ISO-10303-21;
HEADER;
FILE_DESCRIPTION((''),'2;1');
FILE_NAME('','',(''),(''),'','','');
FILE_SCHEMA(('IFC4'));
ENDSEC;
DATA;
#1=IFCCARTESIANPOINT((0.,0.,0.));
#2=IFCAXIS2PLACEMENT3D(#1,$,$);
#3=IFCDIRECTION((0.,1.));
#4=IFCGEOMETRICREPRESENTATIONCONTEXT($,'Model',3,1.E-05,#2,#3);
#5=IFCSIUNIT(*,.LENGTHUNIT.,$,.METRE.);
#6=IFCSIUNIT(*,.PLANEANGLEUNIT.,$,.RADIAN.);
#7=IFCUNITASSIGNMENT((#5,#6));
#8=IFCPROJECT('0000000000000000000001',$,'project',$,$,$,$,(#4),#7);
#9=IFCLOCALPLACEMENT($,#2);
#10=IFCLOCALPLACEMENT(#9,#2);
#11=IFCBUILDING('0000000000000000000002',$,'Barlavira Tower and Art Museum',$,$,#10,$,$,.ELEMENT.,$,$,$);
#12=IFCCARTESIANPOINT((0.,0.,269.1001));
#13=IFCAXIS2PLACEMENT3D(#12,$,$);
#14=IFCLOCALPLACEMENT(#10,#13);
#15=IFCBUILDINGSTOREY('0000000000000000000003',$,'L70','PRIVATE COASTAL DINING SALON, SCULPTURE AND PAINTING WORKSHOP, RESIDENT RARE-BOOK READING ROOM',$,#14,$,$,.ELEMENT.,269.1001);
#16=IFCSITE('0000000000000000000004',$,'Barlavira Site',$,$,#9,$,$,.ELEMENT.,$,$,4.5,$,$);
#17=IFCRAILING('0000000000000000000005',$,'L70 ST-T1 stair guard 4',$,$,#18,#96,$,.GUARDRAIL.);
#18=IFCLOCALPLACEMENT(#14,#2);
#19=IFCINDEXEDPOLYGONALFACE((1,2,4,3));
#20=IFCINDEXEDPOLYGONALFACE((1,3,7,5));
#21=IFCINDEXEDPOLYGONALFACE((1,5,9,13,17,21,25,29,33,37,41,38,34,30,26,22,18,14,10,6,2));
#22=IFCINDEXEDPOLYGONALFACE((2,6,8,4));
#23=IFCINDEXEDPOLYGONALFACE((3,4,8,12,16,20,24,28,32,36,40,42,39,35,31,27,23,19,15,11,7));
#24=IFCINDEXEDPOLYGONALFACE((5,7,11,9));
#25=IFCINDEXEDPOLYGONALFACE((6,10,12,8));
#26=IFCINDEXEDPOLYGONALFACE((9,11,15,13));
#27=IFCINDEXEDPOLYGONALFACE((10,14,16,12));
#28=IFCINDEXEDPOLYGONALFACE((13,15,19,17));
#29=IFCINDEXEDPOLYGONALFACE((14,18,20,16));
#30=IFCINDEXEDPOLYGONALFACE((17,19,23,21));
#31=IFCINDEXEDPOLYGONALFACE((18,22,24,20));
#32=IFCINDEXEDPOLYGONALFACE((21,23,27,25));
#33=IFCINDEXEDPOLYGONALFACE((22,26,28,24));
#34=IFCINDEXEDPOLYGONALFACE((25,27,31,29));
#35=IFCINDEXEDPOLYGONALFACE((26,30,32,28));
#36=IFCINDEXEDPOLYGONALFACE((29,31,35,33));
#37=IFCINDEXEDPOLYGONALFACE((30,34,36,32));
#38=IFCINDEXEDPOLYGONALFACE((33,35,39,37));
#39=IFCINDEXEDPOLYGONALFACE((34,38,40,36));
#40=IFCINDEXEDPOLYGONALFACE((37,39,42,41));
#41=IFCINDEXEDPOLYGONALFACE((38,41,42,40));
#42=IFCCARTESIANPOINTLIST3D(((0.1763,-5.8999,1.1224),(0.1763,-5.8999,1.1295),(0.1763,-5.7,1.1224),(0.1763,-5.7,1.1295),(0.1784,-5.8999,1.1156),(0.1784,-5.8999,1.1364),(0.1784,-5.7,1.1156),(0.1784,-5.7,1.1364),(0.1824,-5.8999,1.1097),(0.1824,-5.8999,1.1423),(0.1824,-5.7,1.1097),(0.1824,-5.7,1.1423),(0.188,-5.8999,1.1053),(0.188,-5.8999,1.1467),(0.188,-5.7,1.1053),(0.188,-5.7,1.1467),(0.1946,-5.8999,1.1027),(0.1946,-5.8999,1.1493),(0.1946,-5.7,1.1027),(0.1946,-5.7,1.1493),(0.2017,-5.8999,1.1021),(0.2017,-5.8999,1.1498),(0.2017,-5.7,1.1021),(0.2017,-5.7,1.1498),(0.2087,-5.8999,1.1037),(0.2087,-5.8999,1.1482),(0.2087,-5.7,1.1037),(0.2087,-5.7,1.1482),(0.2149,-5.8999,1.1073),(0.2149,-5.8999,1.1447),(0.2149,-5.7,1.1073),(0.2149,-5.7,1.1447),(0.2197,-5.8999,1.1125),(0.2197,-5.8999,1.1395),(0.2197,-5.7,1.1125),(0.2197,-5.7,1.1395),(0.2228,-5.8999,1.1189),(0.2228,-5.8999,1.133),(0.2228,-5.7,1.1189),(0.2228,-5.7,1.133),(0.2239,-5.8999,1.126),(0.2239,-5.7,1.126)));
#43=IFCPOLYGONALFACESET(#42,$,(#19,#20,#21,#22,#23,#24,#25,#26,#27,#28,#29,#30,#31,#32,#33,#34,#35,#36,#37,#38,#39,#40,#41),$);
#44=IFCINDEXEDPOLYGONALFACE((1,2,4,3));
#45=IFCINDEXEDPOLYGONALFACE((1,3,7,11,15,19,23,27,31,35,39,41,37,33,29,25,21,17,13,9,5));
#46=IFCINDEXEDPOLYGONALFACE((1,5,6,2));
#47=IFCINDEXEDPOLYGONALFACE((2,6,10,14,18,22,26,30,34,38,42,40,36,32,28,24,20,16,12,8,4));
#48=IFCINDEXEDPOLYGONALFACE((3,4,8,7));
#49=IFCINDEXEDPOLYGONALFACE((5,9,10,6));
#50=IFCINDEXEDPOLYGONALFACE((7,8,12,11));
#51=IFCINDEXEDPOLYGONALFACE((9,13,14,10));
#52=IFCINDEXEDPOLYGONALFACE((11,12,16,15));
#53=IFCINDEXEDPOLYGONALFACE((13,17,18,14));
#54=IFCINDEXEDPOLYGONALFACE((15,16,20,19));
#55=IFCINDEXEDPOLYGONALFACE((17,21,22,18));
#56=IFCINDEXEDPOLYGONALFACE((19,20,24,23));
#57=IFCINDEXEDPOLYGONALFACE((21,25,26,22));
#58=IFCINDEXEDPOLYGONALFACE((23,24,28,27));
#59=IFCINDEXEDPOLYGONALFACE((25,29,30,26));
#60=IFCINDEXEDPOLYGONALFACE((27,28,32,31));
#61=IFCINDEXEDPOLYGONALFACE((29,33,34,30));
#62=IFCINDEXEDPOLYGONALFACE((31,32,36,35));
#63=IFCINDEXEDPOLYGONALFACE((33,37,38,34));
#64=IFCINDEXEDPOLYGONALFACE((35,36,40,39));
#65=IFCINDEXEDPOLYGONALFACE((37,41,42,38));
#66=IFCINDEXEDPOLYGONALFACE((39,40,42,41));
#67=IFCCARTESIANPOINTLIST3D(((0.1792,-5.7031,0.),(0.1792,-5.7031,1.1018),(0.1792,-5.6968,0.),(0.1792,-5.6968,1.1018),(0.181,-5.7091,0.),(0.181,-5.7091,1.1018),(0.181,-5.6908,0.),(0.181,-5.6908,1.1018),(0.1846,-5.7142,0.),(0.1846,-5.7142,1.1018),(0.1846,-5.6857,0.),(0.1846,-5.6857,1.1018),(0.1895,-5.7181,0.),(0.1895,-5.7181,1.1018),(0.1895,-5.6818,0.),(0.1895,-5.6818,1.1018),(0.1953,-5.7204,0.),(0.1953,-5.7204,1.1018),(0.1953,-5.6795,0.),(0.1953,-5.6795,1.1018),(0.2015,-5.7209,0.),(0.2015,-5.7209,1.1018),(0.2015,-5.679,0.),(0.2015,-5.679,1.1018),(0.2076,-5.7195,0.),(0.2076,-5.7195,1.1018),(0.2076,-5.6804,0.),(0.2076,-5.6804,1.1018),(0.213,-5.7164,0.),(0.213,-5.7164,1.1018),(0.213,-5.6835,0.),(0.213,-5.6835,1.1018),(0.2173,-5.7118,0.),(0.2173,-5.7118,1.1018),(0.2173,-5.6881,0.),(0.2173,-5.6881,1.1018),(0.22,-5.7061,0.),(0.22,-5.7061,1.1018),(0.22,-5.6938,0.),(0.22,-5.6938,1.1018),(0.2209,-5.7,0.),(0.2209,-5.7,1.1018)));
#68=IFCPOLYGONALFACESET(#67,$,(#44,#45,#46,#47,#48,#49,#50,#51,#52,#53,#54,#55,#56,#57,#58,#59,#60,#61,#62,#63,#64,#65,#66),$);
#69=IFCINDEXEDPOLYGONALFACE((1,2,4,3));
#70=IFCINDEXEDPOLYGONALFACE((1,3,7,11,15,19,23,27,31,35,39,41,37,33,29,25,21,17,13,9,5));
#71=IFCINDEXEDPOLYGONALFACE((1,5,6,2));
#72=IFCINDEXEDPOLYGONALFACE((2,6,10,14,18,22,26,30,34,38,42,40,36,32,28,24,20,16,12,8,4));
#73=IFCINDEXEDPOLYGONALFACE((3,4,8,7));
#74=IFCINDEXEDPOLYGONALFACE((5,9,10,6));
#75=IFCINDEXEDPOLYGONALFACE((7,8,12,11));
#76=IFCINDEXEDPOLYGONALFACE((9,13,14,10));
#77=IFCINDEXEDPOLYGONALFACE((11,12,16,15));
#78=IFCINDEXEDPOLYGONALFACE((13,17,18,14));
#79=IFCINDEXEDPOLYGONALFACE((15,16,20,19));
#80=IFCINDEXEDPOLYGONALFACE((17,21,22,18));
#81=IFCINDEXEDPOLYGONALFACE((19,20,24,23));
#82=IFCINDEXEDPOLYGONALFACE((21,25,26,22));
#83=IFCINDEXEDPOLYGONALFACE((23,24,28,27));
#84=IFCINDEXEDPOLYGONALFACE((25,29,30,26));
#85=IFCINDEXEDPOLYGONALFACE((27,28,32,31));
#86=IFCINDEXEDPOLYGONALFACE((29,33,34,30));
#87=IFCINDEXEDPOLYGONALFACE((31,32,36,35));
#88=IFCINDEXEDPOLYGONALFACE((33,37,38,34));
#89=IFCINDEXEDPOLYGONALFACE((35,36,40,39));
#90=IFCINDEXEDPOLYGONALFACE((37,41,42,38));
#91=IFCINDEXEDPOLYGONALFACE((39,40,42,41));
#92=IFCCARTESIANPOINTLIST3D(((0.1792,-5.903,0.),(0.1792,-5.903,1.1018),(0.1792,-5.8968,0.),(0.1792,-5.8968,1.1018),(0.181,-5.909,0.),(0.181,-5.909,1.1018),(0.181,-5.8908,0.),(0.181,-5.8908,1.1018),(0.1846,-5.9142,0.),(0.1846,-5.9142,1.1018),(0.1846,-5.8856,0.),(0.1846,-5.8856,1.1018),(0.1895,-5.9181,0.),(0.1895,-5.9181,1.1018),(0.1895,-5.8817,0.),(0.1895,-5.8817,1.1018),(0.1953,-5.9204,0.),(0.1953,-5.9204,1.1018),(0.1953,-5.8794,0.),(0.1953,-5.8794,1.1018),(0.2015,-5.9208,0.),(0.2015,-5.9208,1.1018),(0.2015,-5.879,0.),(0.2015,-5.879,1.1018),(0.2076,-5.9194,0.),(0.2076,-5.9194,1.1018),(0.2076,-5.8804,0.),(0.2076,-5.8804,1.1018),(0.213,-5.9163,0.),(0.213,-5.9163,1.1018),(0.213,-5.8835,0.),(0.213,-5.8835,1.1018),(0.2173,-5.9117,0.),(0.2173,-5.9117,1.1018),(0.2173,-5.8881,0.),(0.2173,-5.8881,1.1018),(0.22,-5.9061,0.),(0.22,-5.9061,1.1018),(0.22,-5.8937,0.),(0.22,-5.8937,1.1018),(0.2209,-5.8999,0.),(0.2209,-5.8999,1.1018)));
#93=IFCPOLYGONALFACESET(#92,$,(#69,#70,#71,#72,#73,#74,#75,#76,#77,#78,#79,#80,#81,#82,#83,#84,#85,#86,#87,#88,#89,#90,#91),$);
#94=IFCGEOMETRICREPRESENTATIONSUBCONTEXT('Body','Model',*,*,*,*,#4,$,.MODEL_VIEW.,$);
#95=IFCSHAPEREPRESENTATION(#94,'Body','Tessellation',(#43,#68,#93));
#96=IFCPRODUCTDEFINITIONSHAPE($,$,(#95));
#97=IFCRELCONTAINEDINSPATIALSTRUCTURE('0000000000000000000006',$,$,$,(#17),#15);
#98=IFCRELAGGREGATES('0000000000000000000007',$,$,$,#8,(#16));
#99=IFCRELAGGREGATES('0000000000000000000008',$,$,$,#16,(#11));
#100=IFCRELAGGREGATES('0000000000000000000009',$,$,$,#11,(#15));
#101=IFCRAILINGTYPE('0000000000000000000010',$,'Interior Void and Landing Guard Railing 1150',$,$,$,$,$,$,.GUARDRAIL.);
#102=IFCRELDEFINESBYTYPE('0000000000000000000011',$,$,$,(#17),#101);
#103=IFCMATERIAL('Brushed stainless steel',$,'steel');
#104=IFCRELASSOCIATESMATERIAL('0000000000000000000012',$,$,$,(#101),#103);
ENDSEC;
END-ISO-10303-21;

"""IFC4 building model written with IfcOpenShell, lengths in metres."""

from ifc_helpers import new_model, si_unit, direction, frame, origin, origin_2d, place, context, subcontext, project, spatial, circle, extrude, material, type_object, element, save


model = new_model("IFC4")

# Units and contexts
model_context = context("Model", 3, precision=1e-05, world=origin(), true_north=direction((0.0, 1.0)))
body_context = subcontext(model_context, "Body", "Model", "MODEL_VIEW")
ifc_project = project(units=[si_unit("LENGTHUNIT", "METRE"), si_unit("PLANEANGLEUNIT", "RADIAN")], contexts=[model_context])

# Site, building, storey
site_placement = place(None, origin())
site = spatial("IfcSite", under=ifc_project, at=site_placement, Name="Barlavira Site", CompositionType="ELEMENT", RefElevation=4.5)
building_placement = place(site_placement, origin())
building = spatial("IfcBuilding", under=site, at=building_placement, Name="Barlavira Tower and Art Museum", CompositionType="ELEMENT")
storey_placement = place(building_placement, frame((0.0, 0.0, 269.1001)))
storey = spatial("IfcBuildingStorey", under=building, at=storey_placement, Name="L70", Description="PRIVATE COASTAL DINING SALON, SCULPTURE AND PAINTING WORKSHOP, RESIDENT RARE-BOOK READING ROOM", CompositionType="ELEMENT", Elevation=269.1001)

# Shared definitions
ifc_material_1 = material(Name="Brushed stainless steel", Category="steel")

# Railing
railing_type_1 = type_object("IfcRailingType", Name="Interior Void and Landing Guard Railing 1150", PredefinedType="GUARDRAIL", material=ifc_material_1)
railing_1_placement = place(storey_placement, frame((0.2, -5.7, 0.0)))
element("IfcRailing", 1, at=railing_1_placement, inside=storey, type_object=railing_type_1, Name="L70 ST-T1 stair guard 4", PredefinedType="GUARDRAIL", context=body_context, shape_type="SweptSolid", body=[
    extrude(circle(Radius=0.0239, at=origin_2d()), frame((0.0, 0.0, 1.126), z_axis=(0.0, -1.0, 0.0), x_axis=(1.0, 0.0, 0.0)), (0.0, 0.0, 1.0), 0.2),
    extrude(circle(Radius=0.021, at=origin_2d()), origin(), (0.0, 0.0, 1.0), 1.1018),
    extrude(circle(Radius=0.021, at=origin_2d()), frame((0.0, -0.2, 0.0)), (0.0, 0.0, 1.0), 1.1018),
])

save(model, "model.ifc")
